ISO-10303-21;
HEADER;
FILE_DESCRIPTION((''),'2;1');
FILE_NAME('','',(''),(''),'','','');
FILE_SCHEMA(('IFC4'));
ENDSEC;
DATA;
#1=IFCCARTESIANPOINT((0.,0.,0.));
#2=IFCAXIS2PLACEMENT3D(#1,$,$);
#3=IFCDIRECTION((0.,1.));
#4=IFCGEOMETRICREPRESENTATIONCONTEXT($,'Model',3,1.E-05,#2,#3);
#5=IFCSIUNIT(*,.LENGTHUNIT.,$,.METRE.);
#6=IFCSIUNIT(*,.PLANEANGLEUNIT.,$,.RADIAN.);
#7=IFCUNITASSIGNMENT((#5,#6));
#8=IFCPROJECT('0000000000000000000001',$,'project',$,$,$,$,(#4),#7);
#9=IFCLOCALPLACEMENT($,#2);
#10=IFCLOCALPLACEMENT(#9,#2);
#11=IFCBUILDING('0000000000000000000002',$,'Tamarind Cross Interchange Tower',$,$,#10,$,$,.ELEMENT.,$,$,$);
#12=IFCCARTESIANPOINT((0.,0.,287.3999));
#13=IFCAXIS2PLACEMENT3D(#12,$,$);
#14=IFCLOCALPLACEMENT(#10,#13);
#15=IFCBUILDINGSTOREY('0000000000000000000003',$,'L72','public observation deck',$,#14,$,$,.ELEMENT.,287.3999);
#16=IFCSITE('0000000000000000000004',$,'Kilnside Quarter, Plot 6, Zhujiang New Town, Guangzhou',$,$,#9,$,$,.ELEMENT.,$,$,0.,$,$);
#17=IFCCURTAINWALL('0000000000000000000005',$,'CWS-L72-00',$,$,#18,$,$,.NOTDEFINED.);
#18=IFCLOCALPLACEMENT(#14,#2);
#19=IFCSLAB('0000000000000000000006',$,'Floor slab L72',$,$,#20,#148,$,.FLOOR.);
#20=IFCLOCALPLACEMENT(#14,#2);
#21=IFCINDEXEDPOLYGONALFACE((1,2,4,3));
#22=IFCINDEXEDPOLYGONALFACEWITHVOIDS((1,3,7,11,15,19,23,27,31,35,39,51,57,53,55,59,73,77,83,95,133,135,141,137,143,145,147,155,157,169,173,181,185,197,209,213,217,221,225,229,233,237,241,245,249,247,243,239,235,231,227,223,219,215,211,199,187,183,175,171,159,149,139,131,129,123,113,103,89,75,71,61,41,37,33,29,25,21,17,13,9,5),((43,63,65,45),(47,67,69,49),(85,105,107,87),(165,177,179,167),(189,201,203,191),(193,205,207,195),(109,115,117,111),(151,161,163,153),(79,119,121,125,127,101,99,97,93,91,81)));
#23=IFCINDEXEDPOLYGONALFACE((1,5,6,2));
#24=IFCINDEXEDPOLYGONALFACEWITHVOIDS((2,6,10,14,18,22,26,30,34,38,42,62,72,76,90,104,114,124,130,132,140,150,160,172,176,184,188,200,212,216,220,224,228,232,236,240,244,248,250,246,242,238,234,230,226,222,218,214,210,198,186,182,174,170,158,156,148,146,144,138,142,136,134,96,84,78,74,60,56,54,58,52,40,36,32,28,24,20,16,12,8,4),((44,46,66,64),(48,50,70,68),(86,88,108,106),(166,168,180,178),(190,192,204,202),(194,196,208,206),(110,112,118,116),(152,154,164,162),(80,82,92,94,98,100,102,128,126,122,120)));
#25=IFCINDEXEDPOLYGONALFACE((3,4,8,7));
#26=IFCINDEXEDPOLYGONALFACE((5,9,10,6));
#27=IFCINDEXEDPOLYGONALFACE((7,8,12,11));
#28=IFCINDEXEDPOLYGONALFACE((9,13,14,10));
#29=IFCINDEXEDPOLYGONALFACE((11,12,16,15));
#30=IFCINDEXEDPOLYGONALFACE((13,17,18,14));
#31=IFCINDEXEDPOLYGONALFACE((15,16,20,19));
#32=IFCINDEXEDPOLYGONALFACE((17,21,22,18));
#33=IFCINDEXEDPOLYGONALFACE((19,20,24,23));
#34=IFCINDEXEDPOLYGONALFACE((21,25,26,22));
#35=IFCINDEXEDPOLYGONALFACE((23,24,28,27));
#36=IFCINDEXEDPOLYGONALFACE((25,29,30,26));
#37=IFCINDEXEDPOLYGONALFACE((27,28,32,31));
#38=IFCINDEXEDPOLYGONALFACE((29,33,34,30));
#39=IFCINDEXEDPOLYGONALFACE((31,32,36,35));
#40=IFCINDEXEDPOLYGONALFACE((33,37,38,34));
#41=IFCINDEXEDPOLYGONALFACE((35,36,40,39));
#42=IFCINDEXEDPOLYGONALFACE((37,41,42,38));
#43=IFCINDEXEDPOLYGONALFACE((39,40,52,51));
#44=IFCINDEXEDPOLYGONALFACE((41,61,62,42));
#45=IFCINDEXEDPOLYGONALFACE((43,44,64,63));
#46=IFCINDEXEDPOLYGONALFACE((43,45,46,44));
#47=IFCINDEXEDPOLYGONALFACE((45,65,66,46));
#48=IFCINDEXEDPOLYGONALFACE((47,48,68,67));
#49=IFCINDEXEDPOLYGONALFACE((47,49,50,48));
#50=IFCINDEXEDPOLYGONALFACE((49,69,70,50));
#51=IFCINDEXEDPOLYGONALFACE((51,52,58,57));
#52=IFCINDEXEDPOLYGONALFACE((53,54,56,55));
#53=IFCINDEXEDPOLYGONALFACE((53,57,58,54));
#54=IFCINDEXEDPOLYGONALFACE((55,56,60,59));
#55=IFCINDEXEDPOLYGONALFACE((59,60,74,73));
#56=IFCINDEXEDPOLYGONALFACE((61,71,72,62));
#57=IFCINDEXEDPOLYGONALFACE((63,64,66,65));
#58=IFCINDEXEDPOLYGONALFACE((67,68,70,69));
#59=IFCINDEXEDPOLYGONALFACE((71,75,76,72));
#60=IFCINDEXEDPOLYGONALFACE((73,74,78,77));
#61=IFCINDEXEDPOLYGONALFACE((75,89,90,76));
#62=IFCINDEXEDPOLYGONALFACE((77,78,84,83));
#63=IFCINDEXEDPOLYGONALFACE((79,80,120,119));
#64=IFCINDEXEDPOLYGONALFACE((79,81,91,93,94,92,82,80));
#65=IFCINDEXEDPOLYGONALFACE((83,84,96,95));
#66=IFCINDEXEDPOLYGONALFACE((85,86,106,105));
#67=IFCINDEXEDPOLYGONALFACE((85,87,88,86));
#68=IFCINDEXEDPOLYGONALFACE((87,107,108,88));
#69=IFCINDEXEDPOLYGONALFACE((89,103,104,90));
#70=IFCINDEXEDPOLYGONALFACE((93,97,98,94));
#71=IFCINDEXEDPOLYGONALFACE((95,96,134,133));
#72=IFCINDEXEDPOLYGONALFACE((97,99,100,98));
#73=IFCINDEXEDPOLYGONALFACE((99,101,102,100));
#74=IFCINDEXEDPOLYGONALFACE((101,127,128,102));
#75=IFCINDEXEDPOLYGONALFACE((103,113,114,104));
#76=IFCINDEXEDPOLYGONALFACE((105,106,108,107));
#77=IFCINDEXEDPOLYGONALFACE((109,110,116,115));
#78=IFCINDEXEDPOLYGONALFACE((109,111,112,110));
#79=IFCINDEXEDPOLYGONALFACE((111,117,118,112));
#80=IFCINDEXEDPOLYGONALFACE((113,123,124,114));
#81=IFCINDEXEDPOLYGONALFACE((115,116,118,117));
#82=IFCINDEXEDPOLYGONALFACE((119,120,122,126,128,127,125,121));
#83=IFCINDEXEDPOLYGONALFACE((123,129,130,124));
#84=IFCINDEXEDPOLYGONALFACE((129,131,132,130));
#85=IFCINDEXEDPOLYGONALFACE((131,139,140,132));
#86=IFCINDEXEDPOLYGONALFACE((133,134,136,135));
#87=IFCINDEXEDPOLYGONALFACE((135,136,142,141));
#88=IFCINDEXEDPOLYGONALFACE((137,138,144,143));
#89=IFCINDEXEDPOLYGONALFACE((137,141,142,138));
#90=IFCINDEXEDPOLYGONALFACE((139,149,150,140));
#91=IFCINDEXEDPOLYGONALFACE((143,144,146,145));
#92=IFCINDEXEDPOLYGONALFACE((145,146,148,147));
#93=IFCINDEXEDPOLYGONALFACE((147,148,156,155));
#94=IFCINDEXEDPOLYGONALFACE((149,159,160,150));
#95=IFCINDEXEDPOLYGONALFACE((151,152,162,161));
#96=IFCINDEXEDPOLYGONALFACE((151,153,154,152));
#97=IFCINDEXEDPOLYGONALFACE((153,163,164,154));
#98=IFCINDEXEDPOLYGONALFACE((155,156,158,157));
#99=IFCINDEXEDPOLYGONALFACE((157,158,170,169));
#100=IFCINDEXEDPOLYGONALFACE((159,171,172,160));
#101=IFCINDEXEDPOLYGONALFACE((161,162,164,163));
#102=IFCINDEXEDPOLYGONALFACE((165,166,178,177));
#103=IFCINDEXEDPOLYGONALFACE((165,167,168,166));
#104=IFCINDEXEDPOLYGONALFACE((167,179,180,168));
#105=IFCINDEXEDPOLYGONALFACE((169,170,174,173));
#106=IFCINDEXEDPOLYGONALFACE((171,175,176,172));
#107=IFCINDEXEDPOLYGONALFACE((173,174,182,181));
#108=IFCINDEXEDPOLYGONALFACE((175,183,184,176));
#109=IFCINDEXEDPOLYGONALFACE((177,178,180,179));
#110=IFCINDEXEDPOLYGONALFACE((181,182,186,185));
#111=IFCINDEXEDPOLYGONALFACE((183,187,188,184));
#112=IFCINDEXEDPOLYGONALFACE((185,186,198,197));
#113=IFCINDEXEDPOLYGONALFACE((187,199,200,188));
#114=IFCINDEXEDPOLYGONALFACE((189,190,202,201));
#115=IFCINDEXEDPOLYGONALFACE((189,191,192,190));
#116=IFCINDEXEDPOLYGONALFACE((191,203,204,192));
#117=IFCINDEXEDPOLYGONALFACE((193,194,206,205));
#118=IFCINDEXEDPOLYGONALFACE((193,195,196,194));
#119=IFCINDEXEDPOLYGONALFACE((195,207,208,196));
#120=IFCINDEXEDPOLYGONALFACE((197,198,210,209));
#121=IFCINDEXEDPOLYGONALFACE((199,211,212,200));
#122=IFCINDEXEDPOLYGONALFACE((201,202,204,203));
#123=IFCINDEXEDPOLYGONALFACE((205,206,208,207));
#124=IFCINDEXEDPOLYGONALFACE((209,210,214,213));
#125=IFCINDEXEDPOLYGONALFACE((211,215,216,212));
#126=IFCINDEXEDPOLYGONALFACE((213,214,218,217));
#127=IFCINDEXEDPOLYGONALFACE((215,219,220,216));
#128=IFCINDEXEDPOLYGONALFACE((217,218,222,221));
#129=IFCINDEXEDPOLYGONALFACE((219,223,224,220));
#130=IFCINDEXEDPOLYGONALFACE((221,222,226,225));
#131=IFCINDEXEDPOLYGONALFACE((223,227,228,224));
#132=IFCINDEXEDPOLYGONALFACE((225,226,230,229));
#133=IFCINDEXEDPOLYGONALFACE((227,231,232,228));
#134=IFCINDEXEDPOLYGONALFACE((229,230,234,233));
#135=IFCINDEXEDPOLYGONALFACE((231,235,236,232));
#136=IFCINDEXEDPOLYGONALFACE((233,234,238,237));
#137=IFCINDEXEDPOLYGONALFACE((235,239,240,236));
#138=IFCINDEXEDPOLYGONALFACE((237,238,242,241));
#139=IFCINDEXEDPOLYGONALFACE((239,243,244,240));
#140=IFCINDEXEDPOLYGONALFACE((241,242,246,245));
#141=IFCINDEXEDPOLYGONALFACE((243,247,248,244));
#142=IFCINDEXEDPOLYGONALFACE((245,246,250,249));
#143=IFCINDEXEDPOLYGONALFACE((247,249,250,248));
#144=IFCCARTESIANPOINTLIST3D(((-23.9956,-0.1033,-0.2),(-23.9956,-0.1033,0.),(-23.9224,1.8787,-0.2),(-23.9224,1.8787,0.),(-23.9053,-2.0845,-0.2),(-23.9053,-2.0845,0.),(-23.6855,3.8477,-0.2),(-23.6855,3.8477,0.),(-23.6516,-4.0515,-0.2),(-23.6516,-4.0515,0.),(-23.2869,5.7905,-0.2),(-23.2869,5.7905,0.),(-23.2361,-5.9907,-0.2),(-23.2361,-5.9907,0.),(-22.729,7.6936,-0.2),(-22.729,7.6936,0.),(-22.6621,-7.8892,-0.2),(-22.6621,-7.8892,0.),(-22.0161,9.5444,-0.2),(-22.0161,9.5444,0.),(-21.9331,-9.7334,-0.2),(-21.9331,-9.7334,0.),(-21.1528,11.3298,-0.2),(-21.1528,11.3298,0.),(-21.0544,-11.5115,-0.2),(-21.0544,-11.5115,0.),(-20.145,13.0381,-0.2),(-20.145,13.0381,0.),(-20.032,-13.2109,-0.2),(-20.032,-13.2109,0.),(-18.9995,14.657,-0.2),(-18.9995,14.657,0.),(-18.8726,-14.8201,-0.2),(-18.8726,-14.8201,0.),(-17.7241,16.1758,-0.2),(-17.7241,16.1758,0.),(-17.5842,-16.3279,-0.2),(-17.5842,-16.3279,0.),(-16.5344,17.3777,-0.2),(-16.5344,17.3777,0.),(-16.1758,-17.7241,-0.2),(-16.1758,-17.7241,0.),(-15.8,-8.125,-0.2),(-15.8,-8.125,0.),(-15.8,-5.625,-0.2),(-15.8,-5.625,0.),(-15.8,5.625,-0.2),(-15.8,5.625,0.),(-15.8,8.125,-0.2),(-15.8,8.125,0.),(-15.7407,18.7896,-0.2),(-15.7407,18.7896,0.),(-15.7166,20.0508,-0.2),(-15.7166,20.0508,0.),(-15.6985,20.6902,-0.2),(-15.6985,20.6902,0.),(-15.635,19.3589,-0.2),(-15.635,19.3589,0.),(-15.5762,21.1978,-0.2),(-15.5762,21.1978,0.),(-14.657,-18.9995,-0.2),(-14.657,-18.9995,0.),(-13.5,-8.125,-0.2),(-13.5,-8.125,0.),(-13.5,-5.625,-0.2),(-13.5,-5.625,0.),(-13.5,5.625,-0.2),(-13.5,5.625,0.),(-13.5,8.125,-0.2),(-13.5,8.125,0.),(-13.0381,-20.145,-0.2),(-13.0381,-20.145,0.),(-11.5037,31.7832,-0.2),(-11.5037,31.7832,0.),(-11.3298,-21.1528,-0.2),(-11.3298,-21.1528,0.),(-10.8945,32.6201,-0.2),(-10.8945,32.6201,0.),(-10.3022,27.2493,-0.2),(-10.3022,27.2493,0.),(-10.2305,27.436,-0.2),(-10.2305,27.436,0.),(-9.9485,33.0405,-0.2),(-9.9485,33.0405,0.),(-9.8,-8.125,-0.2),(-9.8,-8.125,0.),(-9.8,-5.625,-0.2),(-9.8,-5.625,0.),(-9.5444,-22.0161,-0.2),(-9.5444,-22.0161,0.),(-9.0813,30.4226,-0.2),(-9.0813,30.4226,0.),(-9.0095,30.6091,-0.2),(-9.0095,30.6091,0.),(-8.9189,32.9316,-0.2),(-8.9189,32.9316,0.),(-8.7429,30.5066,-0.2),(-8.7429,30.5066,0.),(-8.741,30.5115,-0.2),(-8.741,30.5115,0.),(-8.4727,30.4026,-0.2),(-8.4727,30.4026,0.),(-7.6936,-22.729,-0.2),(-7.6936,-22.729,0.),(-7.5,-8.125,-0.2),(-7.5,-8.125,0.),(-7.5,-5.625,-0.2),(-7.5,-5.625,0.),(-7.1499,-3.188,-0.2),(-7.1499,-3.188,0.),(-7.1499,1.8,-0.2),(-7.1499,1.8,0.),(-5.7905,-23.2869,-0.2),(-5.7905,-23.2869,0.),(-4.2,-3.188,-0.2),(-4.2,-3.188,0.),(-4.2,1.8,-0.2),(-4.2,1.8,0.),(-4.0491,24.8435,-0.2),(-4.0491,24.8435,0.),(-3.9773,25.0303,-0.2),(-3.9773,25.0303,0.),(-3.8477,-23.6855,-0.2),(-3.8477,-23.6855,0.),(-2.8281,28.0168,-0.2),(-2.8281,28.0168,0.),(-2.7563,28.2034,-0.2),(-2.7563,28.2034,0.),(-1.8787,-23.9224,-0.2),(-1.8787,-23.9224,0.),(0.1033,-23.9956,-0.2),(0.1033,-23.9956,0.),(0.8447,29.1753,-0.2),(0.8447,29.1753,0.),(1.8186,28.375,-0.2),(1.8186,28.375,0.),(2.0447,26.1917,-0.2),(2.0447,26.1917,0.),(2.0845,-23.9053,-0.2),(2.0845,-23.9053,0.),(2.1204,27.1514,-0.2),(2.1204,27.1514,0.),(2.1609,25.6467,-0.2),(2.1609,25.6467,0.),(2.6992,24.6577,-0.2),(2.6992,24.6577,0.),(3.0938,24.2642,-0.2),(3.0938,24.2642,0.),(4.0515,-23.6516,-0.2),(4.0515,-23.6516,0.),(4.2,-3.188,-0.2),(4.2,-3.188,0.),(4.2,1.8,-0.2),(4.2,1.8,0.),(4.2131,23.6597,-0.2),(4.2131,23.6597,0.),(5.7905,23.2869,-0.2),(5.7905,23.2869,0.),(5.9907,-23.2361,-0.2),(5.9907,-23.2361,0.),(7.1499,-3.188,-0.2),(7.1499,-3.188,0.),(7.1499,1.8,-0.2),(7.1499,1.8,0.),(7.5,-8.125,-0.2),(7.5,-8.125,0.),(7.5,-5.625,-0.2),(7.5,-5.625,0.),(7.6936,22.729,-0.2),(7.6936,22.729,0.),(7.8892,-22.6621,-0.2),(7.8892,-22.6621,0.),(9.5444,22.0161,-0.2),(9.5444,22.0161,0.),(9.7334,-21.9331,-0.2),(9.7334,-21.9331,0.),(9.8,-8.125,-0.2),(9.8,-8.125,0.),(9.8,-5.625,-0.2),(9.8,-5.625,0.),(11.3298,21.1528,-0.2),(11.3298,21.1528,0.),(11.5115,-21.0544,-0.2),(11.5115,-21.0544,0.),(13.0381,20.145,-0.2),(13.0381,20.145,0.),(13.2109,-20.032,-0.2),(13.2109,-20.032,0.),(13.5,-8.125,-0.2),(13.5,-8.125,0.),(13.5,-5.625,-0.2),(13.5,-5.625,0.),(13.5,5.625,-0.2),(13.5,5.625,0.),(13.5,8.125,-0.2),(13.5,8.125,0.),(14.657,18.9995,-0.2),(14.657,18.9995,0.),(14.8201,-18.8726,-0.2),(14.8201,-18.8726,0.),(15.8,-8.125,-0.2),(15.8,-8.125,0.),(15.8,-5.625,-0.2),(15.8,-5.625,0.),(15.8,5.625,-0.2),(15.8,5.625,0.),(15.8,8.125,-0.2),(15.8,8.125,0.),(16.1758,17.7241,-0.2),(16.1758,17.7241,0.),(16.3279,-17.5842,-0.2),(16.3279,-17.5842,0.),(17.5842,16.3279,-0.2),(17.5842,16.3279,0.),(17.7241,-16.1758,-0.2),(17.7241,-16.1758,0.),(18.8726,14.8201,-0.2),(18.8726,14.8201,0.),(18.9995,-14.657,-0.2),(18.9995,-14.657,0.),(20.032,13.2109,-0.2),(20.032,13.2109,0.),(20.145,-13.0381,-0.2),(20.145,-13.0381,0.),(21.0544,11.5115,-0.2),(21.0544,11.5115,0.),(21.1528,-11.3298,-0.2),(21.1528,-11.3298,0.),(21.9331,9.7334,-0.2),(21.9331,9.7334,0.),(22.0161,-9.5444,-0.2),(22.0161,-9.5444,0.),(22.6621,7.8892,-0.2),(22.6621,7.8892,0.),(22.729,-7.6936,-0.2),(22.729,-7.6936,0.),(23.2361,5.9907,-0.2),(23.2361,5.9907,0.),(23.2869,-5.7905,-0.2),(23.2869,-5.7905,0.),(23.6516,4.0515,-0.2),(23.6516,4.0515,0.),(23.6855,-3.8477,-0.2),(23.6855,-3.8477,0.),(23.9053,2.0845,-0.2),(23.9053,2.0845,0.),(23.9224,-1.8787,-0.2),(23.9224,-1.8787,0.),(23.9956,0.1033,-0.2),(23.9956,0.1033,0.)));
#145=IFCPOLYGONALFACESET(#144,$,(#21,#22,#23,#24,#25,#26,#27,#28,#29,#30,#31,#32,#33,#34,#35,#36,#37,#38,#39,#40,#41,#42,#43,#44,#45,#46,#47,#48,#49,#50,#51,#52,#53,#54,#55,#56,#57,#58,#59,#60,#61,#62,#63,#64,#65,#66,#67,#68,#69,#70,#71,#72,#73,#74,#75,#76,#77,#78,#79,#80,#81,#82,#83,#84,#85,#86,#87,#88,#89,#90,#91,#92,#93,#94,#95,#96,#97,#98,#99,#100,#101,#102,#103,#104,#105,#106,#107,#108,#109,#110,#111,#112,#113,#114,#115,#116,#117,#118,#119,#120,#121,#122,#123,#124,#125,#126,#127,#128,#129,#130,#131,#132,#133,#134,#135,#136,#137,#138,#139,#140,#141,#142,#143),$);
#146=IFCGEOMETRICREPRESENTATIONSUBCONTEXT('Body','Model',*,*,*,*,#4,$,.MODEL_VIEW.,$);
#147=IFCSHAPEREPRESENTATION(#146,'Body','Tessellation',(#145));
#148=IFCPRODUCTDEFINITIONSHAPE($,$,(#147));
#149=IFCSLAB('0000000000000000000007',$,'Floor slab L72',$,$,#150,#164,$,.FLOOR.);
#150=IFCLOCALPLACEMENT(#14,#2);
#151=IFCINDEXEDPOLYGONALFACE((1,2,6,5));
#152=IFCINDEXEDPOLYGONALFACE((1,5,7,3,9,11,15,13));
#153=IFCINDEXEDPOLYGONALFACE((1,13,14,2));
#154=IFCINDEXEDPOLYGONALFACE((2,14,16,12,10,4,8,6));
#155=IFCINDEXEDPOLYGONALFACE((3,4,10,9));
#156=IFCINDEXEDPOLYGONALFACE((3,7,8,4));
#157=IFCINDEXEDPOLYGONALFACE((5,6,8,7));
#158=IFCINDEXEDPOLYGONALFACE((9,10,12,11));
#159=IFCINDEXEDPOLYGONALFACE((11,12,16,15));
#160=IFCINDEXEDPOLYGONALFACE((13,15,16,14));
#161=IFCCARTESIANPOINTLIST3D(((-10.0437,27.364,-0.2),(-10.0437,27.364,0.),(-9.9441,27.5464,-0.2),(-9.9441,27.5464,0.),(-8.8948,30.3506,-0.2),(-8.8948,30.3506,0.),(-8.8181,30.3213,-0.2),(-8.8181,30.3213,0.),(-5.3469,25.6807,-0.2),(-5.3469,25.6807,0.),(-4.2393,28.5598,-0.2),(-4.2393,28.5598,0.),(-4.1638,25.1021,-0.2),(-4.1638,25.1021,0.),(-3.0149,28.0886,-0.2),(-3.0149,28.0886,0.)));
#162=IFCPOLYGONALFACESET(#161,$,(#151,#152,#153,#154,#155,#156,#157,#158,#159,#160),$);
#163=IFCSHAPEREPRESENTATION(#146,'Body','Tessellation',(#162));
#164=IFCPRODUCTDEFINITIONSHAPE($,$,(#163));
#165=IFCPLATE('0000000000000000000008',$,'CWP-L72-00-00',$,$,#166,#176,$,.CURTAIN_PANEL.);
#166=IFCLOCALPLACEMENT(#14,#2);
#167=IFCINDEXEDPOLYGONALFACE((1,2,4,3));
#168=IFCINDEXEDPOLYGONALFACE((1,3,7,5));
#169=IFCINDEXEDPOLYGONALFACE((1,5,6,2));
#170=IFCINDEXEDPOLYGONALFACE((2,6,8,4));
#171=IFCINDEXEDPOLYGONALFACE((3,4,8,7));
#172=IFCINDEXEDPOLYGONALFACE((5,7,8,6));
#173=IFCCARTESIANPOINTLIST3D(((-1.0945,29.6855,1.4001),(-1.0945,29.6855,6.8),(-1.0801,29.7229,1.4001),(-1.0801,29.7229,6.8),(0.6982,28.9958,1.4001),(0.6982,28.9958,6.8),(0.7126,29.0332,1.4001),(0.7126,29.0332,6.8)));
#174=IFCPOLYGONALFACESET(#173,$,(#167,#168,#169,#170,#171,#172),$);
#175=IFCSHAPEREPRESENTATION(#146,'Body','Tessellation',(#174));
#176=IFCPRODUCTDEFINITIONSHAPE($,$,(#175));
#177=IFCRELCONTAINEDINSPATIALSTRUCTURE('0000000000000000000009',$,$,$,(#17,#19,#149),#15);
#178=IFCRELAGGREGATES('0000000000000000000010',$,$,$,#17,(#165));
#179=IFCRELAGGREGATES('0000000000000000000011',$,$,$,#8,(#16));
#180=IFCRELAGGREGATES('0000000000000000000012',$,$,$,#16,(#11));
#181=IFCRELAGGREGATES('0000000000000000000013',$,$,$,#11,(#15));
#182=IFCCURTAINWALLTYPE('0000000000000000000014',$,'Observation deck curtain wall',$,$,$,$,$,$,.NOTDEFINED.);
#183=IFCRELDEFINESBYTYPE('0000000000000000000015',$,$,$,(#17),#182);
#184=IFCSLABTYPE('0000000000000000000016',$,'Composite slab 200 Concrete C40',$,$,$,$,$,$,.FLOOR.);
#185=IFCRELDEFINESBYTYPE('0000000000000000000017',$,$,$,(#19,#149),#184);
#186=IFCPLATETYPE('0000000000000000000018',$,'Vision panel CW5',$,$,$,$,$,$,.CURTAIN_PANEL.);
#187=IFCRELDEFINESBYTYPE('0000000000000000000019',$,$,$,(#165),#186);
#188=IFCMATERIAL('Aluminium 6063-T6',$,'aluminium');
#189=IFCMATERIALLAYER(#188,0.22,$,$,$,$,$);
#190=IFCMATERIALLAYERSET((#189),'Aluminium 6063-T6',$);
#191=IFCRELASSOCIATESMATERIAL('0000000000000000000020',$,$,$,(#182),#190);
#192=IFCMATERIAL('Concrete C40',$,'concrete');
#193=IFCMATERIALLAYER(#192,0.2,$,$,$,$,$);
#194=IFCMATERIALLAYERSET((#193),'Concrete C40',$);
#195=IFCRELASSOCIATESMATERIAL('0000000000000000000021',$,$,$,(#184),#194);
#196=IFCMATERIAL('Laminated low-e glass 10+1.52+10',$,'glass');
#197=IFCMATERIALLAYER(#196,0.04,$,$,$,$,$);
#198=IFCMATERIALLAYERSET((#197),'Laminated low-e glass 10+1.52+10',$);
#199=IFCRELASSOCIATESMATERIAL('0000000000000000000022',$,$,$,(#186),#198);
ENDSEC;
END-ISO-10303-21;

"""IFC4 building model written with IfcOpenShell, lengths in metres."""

from ifc_helpers import new_model, si_unit, direction, frame, origin, place, context, subcontext, project, spatial, polyline, outline, extrude, material, layer, layer_set, type_object, element, aggregate, save


model = new_model("IFC4")

# Units and contexts
model_context = context("Model", 3, precision=1e-05, world=origin(), true_north=direction((0.0, 1.0)))
body_context = subcontext(model_context, "Body", "Model", "MODEL_VIEW")
ifc_project = project(units=[si_unit("LENGTHUNIT", "METRE"), si_unit("PLANEANGLEUNIT", "RADIAN")], contexts=[model_context])

# Site, building, storey
site_placement = place(None, origin())
site = spatial("IfcSite", under=ifc_project, at=site_placement, Name="Kilnside Quarter, Plot 6, Zhujiang New Town, Guangzhou", CompositionType="ELEMENT", RefElevation=0.0)
building_placement = place(site_placement, origin())
building = spatial("IfcBuilding", under=site, at=building_placement, Name="Tamarind Cross Interchange Tower", CompositionType="ELEMENT")
storey_placement = place(building_placement, frame((0.0, 0.0, 287.3999)))
storey = spatial("IfcBuildingStorey", under=building, at=storey_placement, Name="L72", Description="public observation deck", CompositionType="ELEMENT", Elevation=287.3999)

# Curtain wall
ifc_material_1 = material(Name="Aluminium 6063-T6", Category="aluminium")
ifc_layer_1 = layer(ifc_material_1, 0.22)
ifc_layer_set_1 = layer_set([ifc_layer_1], Name="Aluminium 6063-T6")
curtain_wall_type = type_object("IfcCurtainWallType", Name="Observation deck curtain wall", PredefinedType="NOTDEFINED", material=ifc_layer_set_1)
curtain_wall_1_placement = place(storey_placement, origin())
curtain_wall_1 = element("IfcCurtainWall", 1, at=curtain_wall_1_placement, inside=storey, type_object=curtain_wall_type, Name="CWS-L72-00", PredefinedType="NOTDEFINED")

# Slabs
ifc_material_2 = material(Name="Concrete C40", Category="concrete")
ifc_layer_2 = layer(ifc_material_2, 0.2)
ifc_layer_set_2 = layer_set([ifc_layer_2], Name="Concrete C40")
slab_type = type_object("IfcSlabType", Name="Composite slab 200 Concrete C40", PredefinedType="FLOOR", material=ifc_layer_set_2)
slab_1_placement = place(storey_placement, frame((0.0, 0.0, -0.2)))
element("IfcSlab", 2, at=slab_1_placement, inside=storey, type_object=slab_type, Name="Floor slab L72", PredefinedType="FLOOR", context=body_context, shape_type="SweptSolid", body=[
    extrude(outline(polyline([(-10.8945, 32.6201), (-11.5037, 31.7832), (-15.5762, 21.1978), (-15.6985, 20.6902), (-15.7166, 20.0508), (-15.635, 19.3589), (-15.7407, 18.7896), (-16.5344, 17.3777), (-17.7241, 16.1758), (-18.9995, 14.657), (-20.145, 13.0381), (-21.1528, 11.3298), (-22.0161, 9.5444), (-22.729, 7.6936), (-23.2869, 5.7905), (-23.6855, 3.8477), (-23.9224, 1.8787), (-23.9956, -0.1033), (-23.9053, -2.0845), (-23.6516, -4.0515), (-23.2361, -5.9907), (-22.6621, -7.8892), (-21.9331, -9.7334), (-21.0544, -11.5115), (-20.032, -13.2109), (-18.8726, -14.8201), (-17.5842, -16.3279), (-16.1758, -17.7241), (-14.657, -18.9995), (-13.0381, -20.145), (-11.3298, -21.1528), (-9.5444, -22.0161), (-7.6936, -22.729), (-5.7905, -23.2869), (-3.8477, -23.6855), (-1.8787, -23.9224), (0.1033, -23.9956), (2.0845, -23.9053), (4.0515, -23.6516), (5.9907, -23.2361), (7.8892, -22.6621), (9.7334, -21.9331), (11.5115, -21.0544), (13.2109, -20.032), (14.8201, -18.8726), (16.3279, -17.5842), (17.7241, -16.1758), (18.9995, -14.657), (20.145, -13.0381), (21.1528, -11.3298), (22.0161, -9.5444), (22.729, -7.6936), (23.2869, -5.7905), (23.6855, -3.8477), (23.9224, -1.8787), (23.9956, 0.1033), (23.9053, 2.0845), (23.6516, 4.0515), (23.2361, 5.9907), (22.6621, 7.8892), (21.9331, 9.7334), (21.0544, 11.5115), (20.032, 13.2109), (18.8726, 14.8201), (17.5842, 16.3279), (16.1758, 17.7241), (14.657, 18.9995), (13.0381, 20.145), (11.3298, 21.1528), (9.5444, 22.0161), (7.6936, 22.729), (5.7905, 23.2869), (4.2131, 23.6597), (3.0938, 24.2642), (2.6992, 24.6577), (2.1609, 25.6467), (2.0447, 26.1917), (2.1204, 27.1514), (1.8186, 28.375), (0.8447, 29.1753), (-8.9189, 32.9316), (-9.9485, 33.0405), (-10.8945, 32.6201)]), holes=[polyline([(-15.8, -5.625), (-13.5, -5.625), (-13.5, -8.125), (-15.8, -8.125), (-15.8, -5.625)]), polyline([(-7.5, -5.625), (-7.5, -8.125), (-9.8, -8.125), (-9.8, -5.625), (-7.5, -5.625)]), polyline([(-13.5, 8.125), (-13.5, 5.625), (-15.8, 5.625), (-15.8, 8.125), (-13.5, 8.125)]), polyline([(-3.9773, 25.0303), (-4.0491, 24.8435), (-10.3022, 27.2493), (-10.2305, 27.436), (-9.0813, 30.4226), (-9.0095, 30.6091), (-8.7429, 30.5066), (-8.741, 30.5115), (-8.4727, 30.4026), (-2.7563, 28.2034), (-2.8281, 28.0168), (-3.9773, 25.0303)]), polyline([(7.5, -8.125), (7.5, -5.625), (9.8, -5.625), (9.8, -8.125), (7.5, -8.125)]), polyline([(13.5, -8.125), (13.5, -5.625), (15.8, -5.625), (15.8, -8.125), (13.5, -8.125)]), polyline([(-7.1499, 1.8), (-4.2, 1.8), (-4.2, -3.188), (-7.1499, -3.188), (-7.1499, 1.8)]), polyline([(4.2, 1.8), (7.1499, 1.8), (7.1499, -3.188), (4.2, -3.188), (4.2, 1.8)]), polyline([(13.5, 5.625), (13.5, 8.125), (15.8, 8.125), (15.8, 5.625), (13.5, 5.625)])]), origin(), (0.0, 0.0, 1.0), 0.2),
])
slab_2_placement = place(storey_placement, frame((0.0, 0.0, -0.2)))
element("IfcSlab", 3, at=slab_2_placement, inside=storey, type_object=slab_type, Name="Floor slab L72", PredefinedType="FLOOR", context=body_context, shape_type="SweptSolid", body=[
    extrude(outline(polyline([(-8.8181, 30.3213), (-8.8948, 30.3506), (-10.0437, 27.364), (-4.1638, 25.1021), (-3.0149, 28.0886), (-4.2393, 28.5598), (-5.3469, 25.6807), (-9.9441, 27.5464), (-8.8181, 30.3213)])), origin(), (0.0, 0.0, 1.0), 0.2),
])

# Plate
ifc_material_3 = material(Name="Laminated low-e glass 10+1.52+10", Category="glass")
ifc_layer_3 = layer(ifc_material_3, 0.04)
ifc_layer_set_3 = layer_set([ifc_layer_3], Name="Laminated low-e glass 10+1.52+10")
plate_type = type_object("IfcPlateType", Name="Vision panel CW5", PredefinedType="CURTAIN_PANEL", material=ifc_layer_set_3)
plate_1_placement = place(storey_placement, frame((0.0, 0.0, 1.4001)))
plate_1 = element("IfcPlate", 4, at=plate_1_placement, type_object=plate_type, Name="CWP-L72-00-00", PredefinedType="CURTAIN_PANEL", context=body_context, shape_type="SweptSolid", body=[
    extrude(outline(polyline([(0.6982, 28.9958), (-1.0945, 29.6855), (-1.0801, 29.7229), (0.7126, 29.0332), (0.6982, 28.9958)])), origin(), (0.0, 0.0, 1.0), 5.3999),
])
aggregate(curtain_wall_1, [plate_1])

save(model, "model.ifc")
